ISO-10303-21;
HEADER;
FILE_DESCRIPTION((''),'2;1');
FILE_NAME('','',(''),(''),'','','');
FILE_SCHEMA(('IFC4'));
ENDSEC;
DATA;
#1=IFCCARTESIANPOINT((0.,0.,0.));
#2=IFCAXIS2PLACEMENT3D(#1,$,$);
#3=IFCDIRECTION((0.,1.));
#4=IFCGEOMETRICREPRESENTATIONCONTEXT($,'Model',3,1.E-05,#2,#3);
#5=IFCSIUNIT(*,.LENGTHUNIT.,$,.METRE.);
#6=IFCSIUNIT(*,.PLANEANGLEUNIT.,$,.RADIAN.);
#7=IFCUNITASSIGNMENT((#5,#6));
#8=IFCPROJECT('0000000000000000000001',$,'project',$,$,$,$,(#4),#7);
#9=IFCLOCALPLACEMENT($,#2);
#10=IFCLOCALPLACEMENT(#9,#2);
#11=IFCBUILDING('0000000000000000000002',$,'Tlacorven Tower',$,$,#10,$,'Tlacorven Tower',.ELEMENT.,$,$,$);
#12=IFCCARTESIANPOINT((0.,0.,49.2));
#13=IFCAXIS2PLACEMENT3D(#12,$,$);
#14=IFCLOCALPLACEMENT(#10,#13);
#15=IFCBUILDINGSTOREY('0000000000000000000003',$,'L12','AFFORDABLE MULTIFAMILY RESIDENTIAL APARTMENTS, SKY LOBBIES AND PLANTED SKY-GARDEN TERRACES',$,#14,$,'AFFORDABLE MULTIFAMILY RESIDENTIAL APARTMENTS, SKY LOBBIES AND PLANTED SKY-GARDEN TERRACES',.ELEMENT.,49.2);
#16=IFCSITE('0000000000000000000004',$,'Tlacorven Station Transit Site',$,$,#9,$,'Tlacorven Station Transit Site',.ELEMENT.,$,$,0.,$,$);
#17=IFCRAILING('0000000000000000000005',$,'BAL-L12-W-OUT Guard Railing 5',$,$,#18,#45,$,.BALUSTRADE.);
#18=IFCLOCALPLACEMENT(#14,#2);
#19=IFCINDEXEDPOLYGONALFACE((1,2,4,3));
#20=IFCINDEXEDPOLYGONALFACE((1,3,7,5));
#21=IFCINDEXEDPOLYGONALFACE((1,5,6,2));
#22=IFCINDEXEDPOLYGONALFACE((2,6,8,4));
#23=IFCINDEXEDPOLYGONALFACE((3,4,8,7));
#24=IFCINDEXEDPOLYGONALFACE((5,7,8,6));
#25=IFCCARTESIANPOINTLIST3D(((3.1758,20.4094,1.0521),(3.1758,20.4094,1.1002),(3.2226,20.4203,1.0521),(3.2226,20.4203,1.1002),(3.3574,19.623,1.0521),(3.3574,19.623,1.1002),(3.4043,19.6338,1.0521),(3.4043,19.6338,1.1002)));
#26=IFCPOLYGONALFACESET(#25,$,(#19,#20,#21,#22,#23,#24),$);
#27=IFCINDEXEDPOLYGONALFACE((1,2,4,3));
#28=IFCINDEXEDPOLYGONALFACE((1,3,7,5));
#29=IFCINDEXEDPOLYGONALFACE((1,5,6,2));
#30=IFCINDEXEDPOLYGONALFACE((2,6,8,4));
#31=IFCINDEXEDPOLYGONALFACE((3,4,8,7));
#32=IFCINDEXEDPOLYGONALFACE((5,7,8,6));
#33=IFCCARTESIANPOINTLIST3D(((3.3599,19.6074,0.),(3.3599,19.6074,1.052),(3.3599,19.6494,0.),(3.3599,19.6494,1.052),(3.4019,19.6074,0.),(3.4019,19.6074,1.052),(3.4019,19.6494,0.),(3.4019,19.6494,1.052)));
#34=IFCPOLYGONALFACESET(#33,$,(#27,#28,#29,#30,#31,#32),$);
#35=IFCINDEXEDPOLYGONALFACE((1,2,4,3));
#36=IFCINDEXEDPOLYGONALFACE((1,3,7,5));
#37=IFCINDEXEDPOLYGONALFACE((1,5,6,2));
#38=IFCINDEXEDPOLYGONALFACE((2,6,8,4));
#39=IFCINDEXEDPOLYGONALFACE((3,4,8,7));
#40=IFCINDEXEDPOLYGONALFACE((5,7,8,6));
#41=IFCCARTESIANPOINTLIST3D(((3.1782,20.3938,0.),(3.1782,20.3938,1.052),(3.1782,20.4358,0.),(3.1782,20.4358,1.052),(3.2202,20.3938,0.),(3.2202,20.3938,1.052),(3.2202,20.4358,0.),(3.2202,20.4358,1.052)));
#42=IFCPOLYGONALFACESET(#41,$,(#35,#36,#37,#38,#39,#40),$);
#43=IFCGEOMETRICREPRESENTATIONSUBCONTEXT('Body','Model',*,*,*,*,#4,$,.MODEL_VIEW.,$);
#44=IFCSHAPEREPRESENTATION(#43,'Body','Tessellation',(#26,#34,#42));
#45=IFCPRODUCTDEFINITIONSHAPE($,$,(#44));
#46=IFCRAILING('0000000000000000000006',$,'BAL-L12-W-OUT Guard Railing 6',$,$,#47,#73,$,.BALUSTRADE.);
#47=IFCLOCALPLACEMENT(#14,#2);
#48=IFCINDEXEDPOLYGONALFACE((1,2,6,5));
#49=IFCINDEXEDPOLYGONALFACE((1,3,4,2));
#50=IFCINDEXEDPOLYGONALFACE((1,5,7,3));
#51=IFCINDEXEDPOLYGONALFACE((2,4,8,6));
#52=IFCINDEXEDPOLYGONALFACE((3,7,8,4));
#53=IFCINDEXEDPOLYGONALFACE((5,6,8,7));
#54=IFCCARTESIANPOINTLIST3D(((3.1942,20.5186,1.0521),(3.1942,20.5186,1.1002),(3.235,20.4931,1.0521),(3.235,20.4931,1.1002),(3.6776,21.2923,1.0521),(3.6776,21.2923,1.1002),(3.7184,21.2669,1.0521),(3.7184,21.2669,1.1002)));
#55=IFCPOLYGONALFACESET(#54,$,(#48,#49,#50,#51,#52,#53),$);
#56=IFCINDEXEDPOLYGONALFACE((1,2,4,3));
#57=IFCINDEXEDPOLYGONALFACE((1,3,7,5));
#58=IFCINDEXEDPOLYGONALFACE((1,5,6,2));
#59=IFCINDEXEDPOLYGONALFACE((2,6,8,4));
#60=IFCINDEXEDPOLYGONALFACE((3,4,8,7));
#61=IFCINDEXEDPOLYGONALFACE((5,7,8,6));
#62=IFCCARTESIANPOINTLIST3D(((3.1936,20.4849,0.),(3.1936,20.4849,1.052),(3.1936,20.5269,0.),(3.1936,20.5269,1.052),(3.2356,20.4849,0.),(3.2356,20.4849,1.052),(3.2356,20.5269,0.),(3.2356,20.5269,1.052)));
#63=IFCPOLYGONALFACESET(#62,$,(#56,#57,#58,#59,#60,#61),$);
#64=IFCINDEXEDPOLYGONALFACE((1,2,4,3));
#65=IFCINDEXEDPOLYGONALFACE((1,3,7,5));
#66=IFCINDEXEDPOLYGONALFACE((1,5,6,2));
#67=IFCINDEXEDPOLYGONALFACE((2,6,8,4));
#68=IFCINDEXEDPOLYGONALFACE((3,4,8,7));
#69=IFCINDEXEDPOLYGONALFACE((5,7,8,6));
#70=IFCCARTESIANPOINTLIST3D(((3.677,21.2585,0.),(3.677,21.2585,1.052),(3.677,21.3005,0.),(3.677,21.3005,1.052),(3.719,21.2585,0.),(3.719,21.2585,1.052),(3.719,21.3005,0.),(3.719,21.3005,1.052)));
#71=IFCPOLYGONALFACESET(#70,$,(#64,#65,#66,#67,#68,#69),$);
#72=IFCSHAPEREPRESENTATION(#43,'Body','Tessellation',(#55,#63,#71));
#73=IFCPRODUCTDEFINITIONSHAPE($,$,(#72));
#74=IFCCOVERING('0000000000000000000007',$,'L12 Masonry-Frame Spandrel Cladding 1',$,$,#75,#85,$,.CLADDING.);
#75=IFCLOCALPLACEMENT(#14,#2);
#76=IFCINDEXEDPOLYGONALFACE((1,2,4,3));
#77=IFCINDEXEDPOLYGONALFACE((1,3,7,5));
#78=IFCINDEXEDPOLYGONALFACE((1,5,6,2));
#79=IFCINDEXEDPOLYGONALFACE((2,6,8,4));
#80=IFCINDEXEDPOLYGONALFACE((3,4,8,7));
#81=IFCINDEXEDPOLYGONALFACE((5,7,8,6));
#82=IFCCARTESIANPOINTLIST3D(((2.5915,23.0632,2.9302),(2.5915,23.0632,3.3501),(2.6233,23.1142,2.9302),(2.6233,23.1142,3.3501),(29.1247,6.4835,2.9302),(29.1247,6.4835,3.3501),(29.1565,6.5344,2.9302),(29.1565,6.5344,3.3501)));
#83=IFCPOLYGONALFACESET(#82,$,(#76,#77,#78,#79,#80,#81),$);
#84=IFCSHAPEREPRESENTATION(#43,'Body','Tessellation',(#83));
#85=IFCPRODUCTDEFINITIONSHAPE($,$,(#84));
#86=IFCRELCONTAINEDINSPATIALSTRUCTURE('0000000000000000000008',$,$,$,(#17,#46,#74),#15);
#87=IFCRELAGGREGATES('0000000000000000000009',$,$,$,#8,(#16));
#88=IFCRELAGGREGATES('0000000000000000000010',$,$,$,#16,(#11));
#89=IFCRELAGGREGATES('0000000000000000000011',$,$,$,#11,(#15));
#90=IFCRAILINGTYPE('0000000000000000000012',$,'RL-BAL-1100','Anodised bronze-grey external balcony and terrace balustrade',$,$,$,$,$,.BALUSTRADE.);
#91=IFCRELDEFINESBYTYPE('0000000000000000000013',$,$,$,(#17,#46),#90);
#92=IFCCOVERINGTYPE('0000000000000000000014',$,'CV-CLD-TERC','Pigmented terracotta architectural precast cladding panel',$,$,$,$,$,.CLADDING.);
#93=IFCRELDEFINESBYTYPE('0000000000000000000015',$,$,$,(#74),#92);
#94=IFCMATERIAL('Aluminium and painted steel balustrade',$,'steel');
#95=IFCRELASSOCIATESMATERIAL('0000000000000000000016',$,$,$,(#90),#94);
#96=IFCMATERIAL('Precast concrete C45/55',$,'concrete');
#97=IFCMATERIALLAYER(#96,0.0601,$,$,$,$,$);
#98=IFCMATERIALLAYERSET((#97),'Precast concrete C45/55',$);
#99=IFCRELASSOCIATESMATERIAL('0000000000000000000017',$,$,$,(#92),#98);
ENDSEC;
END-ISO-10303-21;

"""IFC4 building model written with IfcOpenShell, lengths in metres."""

from ifc_helpers import new_model, si_unit, direction, frame, origin, origin_2d, place, context, subcontext, project, spatial, rectangle, extrude, source, transform, mapped, material, layer, layer_set, type_object, element, save


model = new_model("IFC4")

# Units and contexts
model_context = context("Model", 3, precision=1e-05, world=origin(), true_north=direction((0.0, 1.0)))
body_context = subcontext(model_context, "Body", "Model", "MODEL_VIEW")
ifc_project = project(units=[si_unit("LENGTHUNIT", "METRE"), si_unit("PLANEANGLEUNIT", "RADIAN")], contexts=[model_context])

# Site, building, storey
site_placement = place(None, origin())
site = spatial("IfcSite", under=ifc_project, at=site_placement, Name="Tlacorven Station Transit Site", LongName="Tlacorven Station Transit Site", CompositionType="ELEMENT", RefElevation=0.0)
building_placement = place(site_placement, origin())
building = spatial("IfcBuilding", under=site, at=building_placement, Name="Tlacorven Tower", LongName="Tlacorven Tower", CompositionType="ELEMENT")
storey_placement = place(building_placement, frame((0.0, 0.0, 49.2)))
storey = spatial("IfcBuildingStorey", under=building, at=storey_placement, Name="L12", Description="AFFORDABLE MULTIFAMILY RESIDENTIAL APARTMENTS, SKY LOBBIES AND PLANTED SKY-GARDEN TERRACES", LongName="AFFORDABLE MULTIFAMILY RESIDENTIAL APARTMENTS, SKY LOBBIES AND PLANTED SKY-GARDEN TERRACES", CompositionType="ELEMENT", Elevation=49.2)

# Shared definitions
ifc_material_1 = material(Name="Precast concrete C45/55", Category="concrete")

# Railings
ifc_material_2 = material(Name="Aluminium and painted steel balustrade", Category="steel")
railing_type = type_object("IfcRailingType", Name="RL-BAL-1100", Description="Anodised bronze-grey external balcony and terrace balustrade", PredefinedType="BALUSTRADE", material=ifc_material_2)
shared_shape_1 = source(origin(), body_context, "Body", "SweptSolid", [
    extrude(rectangle(XDim=0.0481, YDim=0.0481, at=origin_2d()), frame((0.0, 0.0, 1.0762), z_axis=(-0.225058, 0.974345, 0.0), x_axis=(-0.974345, -0.225058, 0.0)), (0.0, 0.0, 1.0), 0.8071),
    extrude(rectangle(XDim=0.042, YDim=0.042, at=origin_2d()), origin(), (0.0, 0.0, 1.0), 1.052),
    extrude(rectangle(XDim=0.042, YDim=0.042, at=origin_2d()), frame((-0.1816, 0.7864, 0.0)), (0.0, 0.0, 1.0), 1.052),
])
railing_1_placement = place(storey_placement, frame((3.3809, 19.6284, 0.0)))
element("IfcRailing", 1, at=railing_1_placement, inside=storey, type_object=railing_type, Name="BAL-L12-W-OUT Guard Railing 5", PredefinedType="BALUSTRADE", context=body_context, shape_type="MappedRepresentation", body=[
    mapped(shared_shape_1, transform((0.0, 0.0, 0.0), scale=1.0)),
])
shared_shape_2 = source(origin(), body_context, "Body", "SweptSolid", [
    extrude(rectangle(XDim=0.0481, YDim=0.0481, at=origin_2d()), frame((0.0, 0.0, 1.0762), z_axis=(0.529879, 0.848073, 0.0), x_axis=(-0.848073, 0.529879, 0.0)), (0.0, 0.0, 1.0), 0.9124),
    extrude(rectangle(XDim=0.042, YDim=0.042, at=origin_2d()), origin(), (0.0, 0.0, 1.0), 1.052),
    extrude(rectangle(XDim=0.042, YDim=0.042, at=origin_2d()), frame((0.4834, 0.7737, 0.0)), (0.0, 0.0, 1.0), 1.052),
])
railing_2_placement = place(storey_placement, frame((3.2146, 20.5059, 0.0)))
element("IfcRailing", 2, at=railing_2_placement, inside=storey, type_object=railing_type, Name="BAL-L12-W-OUT Guard Railing 6", PredefinedType="BALUSTRADE", context=body_context, shape_type="MappedRepresentation", body=[
    mapped(shared_shape_2, transform((0.0, 0.0, 0.0), scale=1.0)),
])

# Covering
ifc_layer_1 = layer(ifc_material_1, 0.0601)
ifc_layer_set_1 = layer_set([ifc_layer_1], Name="Precast concrete C45/55")
covering_type = type_object("IfcCoveringType", Name="CV-CLD-TERC", Description="Pigmented terracotta architectural precast cladding panel", PredefinedType="CLADDING", material=ifc_layer_set_1)
shared_shape_3 = source(origin(), body_context, "Body", "SweptSolid", [
    extrude(rectangle(XDim=31.2874, YDim=0.0601, at=origin_2d()), origin(), (0.0, 0.0, 1.0), 0.4199),
])
covering_placement = place(storey_placement, frame((15.874, 14.7988, 2.9302), z_axis=(0.0, 0.0, 1.0), x_axis=(-0.848048, 0.529919, 0.0)))
element("IfcCovering", 3, at=covering_placement, inside=storey, type_object=covering_type, Name="L12 Masonry-Frame Spandrel Cladding 1", PredefinedType="CLADDING", context=body_context, shape_type="MappedRepresentation", body=[
    mapped(shared_shape_3, transform((0.0, 0.0, 0.0), scale=1.0)),
])

save(model, "model.ifc")
